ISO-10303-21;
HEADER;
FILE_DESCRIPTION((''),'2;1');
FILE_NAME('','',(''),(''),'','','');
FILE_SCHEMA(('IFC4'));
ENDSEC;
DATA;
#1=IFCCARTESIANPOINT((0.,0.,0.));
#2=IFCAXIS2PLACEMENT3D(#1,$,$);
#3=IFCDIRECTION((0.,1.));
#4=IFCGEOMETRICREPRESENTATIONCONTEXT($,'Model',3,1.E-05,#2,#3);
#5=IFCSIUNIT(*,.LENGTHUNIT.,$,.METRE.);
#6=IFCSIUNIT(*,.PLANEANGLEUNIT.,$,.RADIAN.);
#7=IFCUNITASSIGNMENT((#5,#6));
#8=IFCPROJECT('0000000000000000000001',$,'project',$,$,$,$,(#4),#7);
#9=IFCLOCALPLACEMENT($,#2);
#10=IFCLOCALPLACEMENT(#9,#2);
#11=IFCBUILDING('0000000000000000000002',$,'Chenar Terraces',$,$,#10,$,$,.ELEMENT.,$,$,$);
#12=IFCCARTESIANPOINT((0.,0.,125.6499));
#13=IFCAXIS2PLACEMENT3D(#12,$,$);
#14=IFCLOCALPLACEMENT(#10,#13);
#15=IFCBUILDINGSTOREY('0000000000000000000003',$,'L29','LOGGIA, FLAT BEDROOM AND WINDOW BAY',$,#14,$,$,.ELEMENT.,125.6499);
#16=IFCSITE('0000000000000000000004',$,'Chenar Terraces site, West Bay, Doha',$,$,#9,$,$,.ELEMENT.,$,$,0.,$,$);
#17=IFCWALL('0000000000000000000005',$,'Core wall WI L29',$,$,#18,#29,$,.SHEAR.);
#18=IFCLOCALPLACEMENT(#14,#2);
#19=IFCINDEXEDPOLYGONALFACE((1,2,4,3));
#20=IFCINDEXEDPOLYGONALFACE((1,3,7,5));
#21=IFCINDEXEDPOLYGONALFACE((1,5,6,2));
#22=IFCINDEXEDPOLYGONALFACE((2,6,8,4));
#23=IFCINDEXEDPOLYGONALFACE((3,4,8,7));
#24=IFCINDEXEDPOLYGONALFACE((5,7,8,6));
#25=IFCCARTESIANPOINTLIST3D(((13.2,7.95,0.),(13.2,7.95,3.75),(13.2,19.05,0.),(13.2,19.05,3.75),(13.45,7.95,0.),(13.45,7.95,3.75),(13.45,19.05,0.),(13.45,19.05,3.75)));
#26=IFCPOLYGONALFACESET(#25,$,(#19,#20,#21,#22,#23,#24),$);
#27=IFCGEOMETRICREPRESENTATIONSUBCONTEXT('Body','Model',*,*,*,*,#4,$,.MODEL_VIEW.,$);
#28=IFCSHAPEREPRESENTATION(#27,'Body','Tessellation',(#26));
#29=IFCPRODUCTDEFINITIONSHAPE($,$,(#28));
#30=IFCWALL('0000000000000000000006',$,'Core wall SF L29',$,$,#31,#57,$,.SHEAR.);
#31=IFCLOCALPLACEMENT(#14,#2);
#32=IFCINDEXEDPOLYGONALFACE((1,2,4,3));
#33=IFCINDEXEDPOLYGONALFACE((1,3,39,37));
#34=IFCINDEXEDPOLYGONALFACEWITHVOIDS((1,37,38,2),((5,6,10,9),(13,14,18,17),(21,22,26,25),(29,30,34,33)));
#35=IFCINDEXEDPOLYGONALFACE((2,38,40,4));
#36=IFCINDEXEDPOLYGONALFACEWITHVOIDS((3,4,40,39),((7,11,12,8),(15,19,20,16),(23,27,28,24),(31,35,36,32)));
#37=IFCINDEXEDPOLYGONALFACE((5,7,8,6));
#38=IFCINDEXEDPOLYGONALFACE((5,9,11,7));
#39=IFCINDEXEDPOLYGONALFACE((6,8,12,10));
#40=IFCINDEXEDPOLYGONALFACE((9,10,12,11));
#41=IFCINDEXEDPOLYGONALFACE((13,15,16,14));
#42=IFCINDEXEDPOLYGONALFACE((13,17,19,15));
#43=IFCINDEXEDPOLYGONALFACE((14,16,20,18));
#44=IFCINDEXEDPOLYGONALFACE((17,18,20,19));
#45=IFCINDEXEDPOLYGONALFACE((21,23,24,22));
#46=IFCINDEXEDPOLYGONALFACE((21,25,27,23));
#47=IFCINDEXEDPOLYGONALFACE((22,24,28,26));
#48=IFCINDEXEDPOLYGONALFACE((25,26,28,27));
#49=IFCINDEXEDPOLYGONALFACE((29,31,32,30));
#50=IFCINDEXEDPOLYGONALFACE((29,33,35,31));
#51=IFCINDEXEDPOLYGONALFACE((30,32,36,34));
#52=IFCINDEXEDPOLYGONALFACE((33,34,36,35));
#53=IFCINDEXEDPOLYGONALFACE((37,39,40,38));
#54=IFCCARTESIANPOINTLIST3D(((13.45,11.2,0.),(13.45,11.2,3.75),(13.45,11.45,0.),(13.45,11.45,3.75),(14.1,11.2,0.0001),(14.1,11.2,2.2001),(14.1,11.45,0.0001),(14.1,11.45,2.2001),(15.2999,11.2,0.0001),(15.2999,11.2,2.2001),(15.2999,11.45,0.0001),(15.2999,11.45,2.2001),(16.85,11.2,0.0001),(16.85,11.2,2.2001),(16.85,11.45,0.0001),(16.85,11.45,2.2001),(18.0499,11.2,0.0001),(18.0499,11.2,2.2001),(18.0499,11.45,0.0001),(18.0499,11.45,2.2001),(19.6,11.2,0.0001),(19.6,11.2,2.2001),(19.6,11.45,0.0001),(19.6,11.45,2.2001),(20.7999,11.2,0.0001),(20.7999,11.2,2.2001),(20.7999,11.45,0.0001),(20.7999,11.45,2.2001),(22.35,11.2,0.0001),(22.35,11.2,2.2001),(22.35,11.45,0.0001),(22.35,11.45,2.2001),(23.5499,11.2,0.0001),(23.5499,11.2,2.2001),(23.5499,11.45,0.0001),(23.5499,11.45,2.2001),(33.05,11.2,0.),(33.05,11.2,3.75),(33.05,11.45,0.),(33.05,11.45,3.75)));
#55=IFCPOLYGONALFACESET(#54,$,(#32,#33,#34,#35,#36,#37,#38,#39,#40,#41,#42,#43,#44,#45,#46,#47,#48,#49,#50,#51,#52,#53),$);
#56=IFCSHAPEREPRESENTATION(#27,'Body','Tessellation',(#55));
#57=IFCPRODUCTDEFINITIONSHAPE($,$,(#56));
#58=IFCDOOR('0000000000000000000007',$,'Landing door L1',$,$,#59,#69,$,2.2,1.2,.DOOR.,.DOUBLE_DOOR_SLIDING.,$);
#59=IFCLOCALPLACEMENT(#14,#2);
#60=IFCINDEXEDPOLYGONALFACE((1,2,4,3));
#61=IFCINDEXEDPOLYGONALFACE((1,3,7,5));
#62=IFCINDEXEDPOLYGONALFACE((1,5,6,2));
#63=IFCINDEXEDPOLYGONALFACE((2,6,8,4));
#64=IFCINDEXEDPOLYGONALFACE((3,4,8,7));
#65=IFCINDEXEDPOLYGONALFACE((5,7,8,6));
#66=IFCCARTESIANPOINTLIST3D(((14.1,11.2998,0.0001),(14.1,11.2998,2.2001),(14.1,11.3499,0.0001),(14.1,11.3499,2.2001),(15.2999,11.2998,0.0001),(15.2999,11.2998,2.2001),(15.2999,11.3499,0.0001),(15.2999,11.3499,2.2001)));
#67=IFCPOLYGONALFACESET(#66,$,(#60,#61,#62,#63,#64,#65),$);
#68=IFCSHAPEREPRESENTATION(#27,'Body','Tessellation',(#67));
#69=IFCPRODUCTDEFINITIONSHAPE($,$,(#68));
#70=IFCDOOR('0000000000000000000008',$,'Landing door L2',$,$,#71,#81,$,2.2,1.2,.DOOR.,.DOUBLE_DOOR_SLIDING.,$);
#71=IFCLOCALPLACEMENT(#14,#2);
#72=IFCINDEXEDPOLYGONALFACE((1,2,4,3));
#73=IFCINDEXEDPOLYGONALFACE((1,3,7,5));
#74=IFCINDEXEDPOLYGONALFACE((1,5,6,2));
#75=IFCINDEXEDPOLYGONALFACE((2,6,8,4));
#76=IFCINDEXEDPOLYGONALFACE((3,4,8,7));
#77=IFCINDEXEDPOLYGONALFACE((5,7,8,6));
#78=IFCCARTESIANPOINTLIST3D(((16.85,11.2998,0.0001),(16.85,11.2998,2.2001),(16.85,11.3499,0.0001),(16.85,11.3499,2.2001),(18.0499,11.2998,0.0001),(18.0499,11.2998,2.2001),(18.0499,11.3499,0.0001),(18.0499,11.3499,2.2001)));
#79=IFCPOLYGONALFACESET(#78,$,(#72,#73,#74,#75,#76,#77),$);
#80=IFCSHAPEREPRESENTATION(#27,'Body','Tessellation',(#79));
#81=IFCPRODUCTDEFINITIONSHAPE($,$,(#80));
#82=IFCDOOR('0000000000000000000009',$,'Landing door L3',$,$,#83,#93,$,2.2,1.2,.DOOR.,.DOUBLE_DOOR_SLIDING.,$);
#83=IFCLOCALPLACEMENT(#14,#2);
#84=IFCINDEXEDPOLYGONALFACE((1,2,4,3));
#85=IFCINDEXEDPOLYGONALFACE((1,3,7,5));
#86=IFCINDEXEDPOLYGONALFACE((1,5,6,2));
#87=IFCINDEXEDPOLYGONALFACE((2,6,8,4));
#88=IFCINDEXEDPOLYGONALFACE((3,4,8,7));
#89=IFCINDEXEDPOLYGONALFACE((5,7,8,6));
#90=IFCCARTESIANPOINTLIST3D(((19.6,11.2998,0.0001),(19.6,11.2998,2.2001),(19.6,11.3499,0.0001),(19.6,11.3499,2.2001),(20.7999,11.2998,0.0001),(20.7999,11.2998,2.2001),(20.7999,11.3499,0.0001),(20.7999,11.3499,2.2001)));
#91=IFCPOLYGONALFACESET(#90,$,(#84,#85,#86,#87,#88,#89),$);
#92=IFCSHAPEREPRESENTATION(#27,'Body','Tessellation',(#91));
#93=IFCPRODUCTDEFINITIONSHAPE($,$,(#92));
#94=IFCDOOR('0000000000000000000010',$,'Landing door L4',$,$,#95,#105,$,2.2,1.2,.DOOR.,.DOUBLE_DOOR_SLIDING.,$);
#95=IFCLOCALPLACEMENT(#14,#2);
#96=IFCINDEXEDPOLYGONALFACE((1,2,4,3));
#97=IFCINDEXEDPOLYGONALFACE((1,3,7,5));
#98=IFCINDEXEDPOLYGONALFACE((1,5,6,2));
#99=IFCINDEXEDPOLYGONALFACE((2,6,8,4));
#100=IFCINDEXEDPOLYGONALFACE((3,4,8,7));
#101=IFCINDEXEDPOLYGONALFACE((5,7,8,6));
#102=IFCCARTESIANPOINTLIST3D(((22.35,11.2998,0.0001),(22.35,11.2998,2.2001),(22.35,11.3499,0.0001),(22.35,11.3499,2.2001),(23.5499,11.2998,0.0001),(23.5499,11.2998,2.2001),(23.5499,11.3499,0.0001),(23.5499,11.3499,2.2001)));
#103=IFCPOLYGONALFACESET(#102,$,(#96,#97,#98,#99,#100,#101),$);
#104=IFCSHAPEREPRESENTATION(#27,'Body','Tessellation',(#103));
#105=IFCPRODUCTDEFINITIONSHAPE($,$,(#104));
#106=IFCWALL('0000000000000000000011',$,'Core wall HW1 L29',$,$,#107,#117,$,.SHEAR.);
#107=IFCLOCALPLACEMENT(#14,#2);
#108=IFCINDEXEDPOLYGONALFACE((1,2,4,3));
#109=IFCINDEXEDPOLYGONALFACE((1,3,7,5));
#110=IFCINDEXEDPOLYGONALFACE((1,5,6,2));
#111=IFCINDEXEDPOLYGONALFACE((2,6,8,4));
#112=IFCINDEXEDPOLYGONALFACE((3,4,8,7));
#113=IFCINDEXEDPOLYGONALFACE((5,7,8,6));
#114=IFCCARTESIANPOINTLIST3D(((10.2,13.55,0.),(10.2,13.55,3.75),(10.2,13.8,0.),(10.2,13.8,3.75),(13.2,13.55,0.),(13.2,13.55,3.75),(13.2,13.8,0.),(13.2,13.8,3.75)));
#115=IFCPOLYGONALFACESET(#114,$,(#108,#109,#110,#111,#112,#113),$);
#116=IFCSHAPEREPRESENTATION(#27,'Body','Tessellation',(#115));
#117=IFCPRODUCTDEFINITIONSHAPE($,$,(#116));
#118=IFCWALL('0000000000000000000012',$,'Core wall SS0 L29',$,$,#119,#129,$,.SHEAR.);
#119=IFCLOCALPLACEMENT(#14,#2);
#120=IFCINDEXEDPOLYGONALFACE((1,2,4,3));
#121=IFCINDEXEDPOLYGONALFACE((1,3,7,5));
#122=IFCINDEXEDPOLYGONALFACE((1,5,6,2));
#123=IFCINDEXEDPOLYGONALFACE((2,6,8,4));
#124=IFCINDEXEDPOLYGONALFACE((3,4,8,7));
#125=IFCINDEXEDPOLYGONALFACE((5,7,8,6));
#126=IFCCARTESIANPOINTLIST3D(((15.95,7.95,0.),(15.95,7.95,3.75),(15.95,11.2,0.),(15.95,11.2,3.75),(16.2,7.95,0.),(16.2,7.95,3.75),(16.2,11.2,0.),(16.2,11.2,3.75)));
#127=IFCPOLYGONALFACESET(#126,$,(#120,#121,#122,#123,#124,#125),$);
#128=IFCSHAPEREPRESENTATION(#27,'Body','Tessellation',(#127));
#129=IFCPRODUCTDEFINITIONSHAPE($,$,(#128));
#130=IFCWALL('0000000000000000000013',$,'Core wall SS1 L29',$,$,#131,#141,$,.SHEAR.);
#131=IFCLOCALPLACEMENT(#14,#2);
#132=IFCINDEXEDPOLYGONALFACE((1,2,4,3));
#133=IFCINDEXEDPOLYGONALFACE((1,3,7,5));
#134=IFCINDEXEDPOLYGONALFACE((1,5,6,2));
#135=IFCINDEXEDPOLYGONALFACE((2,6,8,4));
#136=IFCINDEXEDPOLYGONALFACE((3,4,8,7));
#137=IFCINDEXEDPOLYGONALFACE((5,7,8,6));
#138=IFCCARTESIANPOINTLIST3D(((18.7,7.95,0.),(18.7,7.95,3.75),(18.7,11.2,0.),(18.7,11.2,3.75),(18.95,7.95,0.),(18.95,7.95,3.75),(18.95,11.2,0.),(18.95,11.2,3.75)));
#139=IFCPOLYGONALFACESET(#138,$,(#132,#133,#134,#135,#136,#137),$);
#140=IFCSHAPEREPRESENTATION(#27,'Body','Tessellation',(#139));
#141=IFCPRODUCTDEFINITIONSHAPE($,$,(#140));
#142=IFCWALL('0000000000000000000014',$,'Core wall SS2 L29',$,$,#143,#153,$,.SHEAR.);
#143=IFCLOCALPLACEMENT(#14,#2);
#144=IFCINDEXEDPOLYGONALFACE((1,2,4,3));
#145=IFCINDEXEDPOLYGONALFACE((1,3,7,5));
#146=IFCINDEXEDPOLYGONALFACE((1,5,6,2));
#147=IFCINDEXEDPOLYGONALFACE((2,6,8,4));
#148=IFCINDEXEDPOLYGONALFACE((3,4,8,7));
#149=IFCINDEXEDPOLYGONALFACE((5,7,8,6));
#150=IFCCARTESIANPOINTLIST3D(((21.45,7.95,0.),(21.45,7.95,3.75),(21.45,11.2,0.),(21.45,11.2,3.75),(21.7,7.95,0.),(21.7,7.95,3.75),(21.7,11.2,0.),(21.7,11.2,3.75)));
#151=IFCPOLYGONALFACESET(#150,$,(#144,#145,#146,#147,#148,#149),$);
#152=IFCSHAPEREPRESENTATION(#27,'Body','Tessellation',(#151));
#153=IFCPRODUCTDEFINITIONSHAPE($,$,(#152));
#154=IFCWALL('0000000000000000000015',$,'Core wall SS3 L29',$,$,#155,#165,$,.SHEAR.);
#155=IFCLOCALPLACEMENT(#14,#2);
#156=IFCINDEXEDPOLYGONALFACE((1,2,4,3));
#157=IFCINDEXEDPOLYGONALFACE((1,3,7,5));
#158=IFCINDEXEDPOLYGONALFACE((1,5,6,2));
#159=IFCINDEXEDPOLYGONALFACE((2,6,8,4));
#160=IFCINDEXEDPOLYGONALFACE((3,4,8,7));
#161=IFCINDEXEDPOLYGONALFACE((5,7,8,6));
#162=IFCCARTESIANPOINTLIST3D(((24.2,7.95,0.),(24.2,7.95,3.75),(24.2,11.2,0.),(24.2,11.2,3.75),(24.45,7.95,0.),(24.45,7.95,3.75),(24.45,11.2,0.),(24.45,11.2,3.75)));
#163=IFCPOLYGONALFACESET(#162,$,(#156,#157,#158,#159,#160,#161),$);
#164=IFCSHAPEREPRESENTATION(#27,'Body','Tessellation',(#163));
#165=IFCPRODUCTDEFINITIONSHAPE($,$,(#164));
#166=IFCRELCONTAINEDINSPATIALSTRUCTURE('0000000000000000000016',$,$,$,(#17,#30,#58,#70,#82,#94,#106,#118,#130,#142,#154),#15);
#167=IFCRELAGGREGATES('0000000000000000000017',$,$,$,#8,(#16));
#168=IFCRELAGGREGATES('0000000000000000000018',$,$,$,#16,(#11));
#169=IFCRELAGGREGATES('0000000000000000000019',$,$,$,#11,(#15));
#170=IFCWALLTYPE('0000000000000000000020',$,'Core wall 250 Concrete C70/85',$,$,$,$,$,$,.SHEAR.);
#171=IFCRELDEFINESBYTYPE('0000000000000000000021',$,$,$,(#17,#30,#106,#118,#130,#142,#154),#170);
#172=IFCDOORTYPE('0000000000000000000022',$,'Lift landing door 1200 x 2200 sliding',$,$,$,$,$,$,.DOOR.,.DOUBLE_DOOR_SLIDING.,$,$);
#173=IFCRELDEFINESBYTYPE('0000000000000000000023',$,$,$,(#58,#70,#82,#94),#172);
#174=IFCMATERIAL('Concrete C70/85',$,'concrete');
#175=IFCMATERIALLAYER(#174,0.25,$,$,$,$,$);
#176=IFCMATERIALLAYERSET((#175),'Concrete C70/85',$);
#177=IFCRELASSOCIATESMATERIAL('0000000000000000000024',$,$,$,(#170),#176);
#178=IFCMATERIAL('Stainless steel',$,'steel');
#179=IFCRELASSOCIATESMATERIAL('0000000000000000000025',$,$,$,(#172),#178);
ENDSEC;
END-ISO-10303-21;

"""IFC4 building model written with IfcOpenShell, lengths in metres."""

from ifc_helpers import new_model, si_unit, direction, frame, frame_2d, origin, place, context, subcontext, project, spatial, rectangle, extrude, material, layer, layer_set, type_object, element, fill, save


model = new_model("IFC4")

# Units and contexts
model_context = context("Model", 3, precision=1e-05, world=origin(), true_north=direction((0.0, 1.0)))
body_context = subcontext(model_context, "Body", "Model", "MODEL_VIEW")
ifc_project = project(units=[si_unit("LENGTHUNIT", "METRE"), si_unit("PLANEANGLEUNIT", "RADIAN")], contexts=[model_context])

# Site, building, storey
site_placement = place(None, origin())
site = spatial("IfcSite", under=ifc_project, at=site_placement, Name="Chenar Terraces site, West Bay, Doha", CompositionType="ELEMENT", RefElevation=0.0)
building_placement = place(site_placement, origin())
building = spatial("IfcBuilding", under=site, at=building_placement, Name="Chenar Terraces", CompositionType="ELEMENT")
storey_placement = place(building_placement, frame((0.0, 0.0, 125.6499)))
storey = spatial("IfcBuildingStorey", under=building, at=storey_placement, Name="L29", Description="LOGGIA, FLAT BEDROOM AND WINDOW BAY", CompositionType="ELEMENT", Elevation=125.6499)

# Wall
ifc_material_1 = material(Name="Concrete C70/85", Category="concrete")
ifc_layer_1 = layer(ifc_material_1, 0.25)
ifc_layer_set_1 = layer_set([ifc_layer_1], Name="Concrete C70/85")
wall_type_1 = type_object("IfcWallType", Name="Core wall 250 Concrete C70/85", PredefinedType="SHEAR", material=ifc_layer_set_1)
wall_1_placement = place(storey_placement, frame((13.325, 7.95, 0.0), z_axis=(0.0, 0.0, 1.0), x_axis=(0.0, 1.0, 0.0)))
element("IfcWall", 1, at=wall_1_placement, inside=storey, type_object=wall_type_1, Name="Core wall WI L29", PredefinedType="SHEAR", context=body_context, shape_type="SweptSolid", body=[
    extrude(rectangle(XDim=11.1001, YDim=0.25, at=frame_2d((5.55, 0.0))), origin(), (0.0, 0.0, 1.0), 3.75),
])

# Wall, openings, doors
wall_2_placement = place(storey_placement, frame((13.45, 11.325, 0.0), z_axis=(0.0, 0.0, 1.0), x_axis=(1.0, 0.0, 0.0)))
wall_2 = element("IfcWall", 2, at=wall_2_placement, inside=storey, type_object=wall_type_1, Name="Core wall SF L29", PredefinedType="SHEAR", context=body_context, shape_type="SweptSolid", body=[
    extrude(rectangle(XDim=19.6001, YDim=0.25, at=frame_2d((9.8, 0.0))), origin(), (0.0, 0.0, 1.0), 3.75),
])
opening_1_placement = place(wall_2_placement, frame((0.6499, 0.0, 0.0)))
opening_1 = element("IfcOpeningElement", 3, at=opening_1_placement, cuts=wall_2, PredefinedType="OPENING", context=body_context, shape_type="SweptSolid", body=[
    extrude(rectangle(XDim=1.2, YDim=2.2, at=frame_2d((0.6001, 1.1001))), frame((0.0, 0.135, 0.0), z_axis=(0.0, -1.0, 0.0), x_axis=(1.0, 0.0, 0.0)), (0.0, 0.0, 1.0), 0.27),
])
opening_2_placement = place(wall_2_placement, frame((3.3999, 0.0, 0.0)))
opening_2 = element("IfcOpeningElement", 4, at=opening_2_placement, cuts=wall_2, PredefinedType="OPENING", context=body_context, shape_type="SweptSolid", body=[
    extrude(rectangle(XDim=1.2, YDim=2.2, at=frame_2d((0.6001, 1.1001))), frame((0.0, 0.135, 0.0), z_axis=(0.0, -1.0, 0.0), x_axis=(1.0, 0.0, 0.0)), (0.0, 0.0, 1.0), 0.27),
])
opening_3_placement = place(wall_2_placement, frame((6.1499, 0.0, 0.0)))
opening_3 = element("IfcOpeningElement", 5, at=opening_3_placement, cuts=wall_2, PredefinedType="OPENING", context=body_context, shape_type="SweptSolid", body=[
    extrude(rectangle(XDim=1.2, YDim=2.2, at=frame_2d((0.6001, 1.1001))), frame((0.0, 0.135, 0.0), z_axis=(0.0, -1.0, 0.0), x_axis=(1.0, 0.0, 0.0)), (0.0, 0.0, 1.0), 0.27),
])
opening_4_placement = place(wall_2_placement, frame((8.8999, 0.0, 0.0)))
opening_4 = element("IfcOpeningElement", 6, at=opening_4_placement, cuts=wall_2, PredefinedType="OPENING", context=body_context, shape_type="SweptSolid", body=[
    extrude(rectangle(XDim=1.2, YDim=2.2, at=frame_2d((0.6001, 1.1001))), frame((0.0, 0.135, 0.0), z_axis=(0.0, -1.0, 0.0), x_axis=(1.0, 0.0, 0.0)), (0.0, 0.0, 1.0), 0.27),
])
ifc_material_2 = material(Name="Stainless steel", Category="steel")
door_type_1 = type_object("IfcDoorType", Name="Lift landing door 1200 x 2200 sliding", OperationType="DOUBLE_DOOR_SLIDING", PredefinedType="DOOR", material=ifc_material_2)
door_1_placement = place(opening_1_placement, origin())
door_1 = element("IfcDoor", 7, at=door_1_placement, inside=storey, type_object=door_type_1, Name="Landing door L1", OperationType="DOUBLE_DOOR_SLIDING", OverallHeight=2.2, OverallWidth=1.2, PredefinedType="DOOR", context=body_context, shape_type="SweptSolid", body=[
    extrude(rectangle(XDim=1.2, YDim=2.2, at=frame_2d((0.6001, 1.1001))), frame((0.0, 0.0249, 0.0), z_axis=(0.0, -1.0, 0.0), x_axis=(1.0, 0.0, 0.0)), (0.0, 0.0, 1.0), 0.05),
])
fill(opening_1, door_1)
door_2_placement = place(opening_2_placement, origin())
door_2 = element("IfcDoor", 8, at=door_2_placement, inside=storey, type_object=door_type_1, Name="Landing door L2", OperationType="DOUBLE_DOOR_SLIDING", OverallHeight=2.2, OverallWidth=1.2, PredefinedType="DOOR", context=body_context, shape_type="SweptSolid", body=[
    extrude(rectangle(XDim=1.2, YDim=2.2, at=frame_2d((0.6001, 1.1001))), frame((0.0, 0.0249, 0.0), z_axis=(0.0, -1.0, 0.0), x_axis=(1.0, 0.0, 0.0)), (0.0, 0.0, 1.0), 0.05),
])
fill(opening_2, door_2)
door_3_placement = place(opening_3_placement, origin())
door_3 = element("IfcDoor", 9, at=door_3_placement, inside=storey, type_object=door_type_1, Name="Landing door L3", OperationType="DOUBLE_DOOR_SLIDING", OverallHeight=2.2, OverallWidth=1.2, PredefinedType="DOOR", context=body_context, shape_type="SweptSolid", body=[
    extrude(rectangle(XDim=1.2, YDim=2.2, at=frame_2d((0.6001, 1.1001))), frame((0.0, 0.0249, 0.0), z_axis=(0.0, -1.0, 0.0), x_axis=(1.0, 0.0, 0.0)), (0.0, 0.0, 1.0), 0.05),
])
fill(opening_3, door_3)
door_4_placement = place(opening_4_placement, origin())
door_4 = element("IfcDoor", 10, at=door_4_placement, inside=storey, type_object=door_type_1, Name="Landing door L4", OperationType="DOUBLE_DOOR_SLIDING", OverallHeight=2.2, OverallWidth=1.2, PredefinedType="DOOR", context=body_context, shape_type="SweptSolid", body=[
    extrude(rectangle(XDim=1.2, YDim=2.2, at=frame_2d((0.6001, 1.1001))), frame((0.0, 0.0249, 0.0), z_axis=(0.0, -1.0, 0.0), x_axis=(1.0, 0.0, 0.0)), (0.0, 0.0, 1.0), 0.05),
])
fill(opening_4, door_4)

# Walls
wall_3_placement = place(storey_placement, frame((10.2, 13.675, 0.0), z_axis=(0.0, 0.0, 1.0), x_axis=(1.0, 0.0, 0.0)))
element("IfcWall", 11, at=wall_3_placement, inside=storey, type_object=wall_type_1, Name="Core wall HW1 L29", PredefinedType="SHEAR", context=body_context, shape_type="SweptSolid", body=[
    extrude(rectangle(XDim=3.0, YDim=0.25, at=frame_2d((1.5, 0.0))), origin(), (0.0, 0.0, 1.0), 3.75),
])
for number, where, z_axis, x_axis, name in (
    (12, (16.075, 7.95, 0.0), (0.0, 0.0, 1.0), (0.0, 1.0, 0.0), "Core wall SS0 L29"),
    (13, (18.825, 7.95, 0.0), (0.0, 0.0, 1.0), (0.0, 1.0, 0.0), "Core wall SS1 L29"),
    (14, (21.575, 7.95, 0.0), (0.0, 0.0, 1.0), (0.0, 1.0, 0.0), "Core wall SS2 L29"),
    (15, (24.325, 7.95, 0.0), (0.0, 0.0, 1.0), (0.0, 1.0, 0.0), "Core wall SS3 L29"),
):
    element("IfcWall", number, at=place(storey_placement, frame(where, z_axis=z_axis, x_axis=x_axis)), inside=storey, type_object=wall_type_1, Name=name, PredefinedType="SHEAR", context=body_context, shape_type="SweptSolid", body=[
        extrude(rectangle(XDim=3.25, YDim=0.25, at=frame_2d((1.625, 0.0))), origin(), (0.0, 0.0, 1.0), 3.75),
    ])

save(model, "model.ifc")
